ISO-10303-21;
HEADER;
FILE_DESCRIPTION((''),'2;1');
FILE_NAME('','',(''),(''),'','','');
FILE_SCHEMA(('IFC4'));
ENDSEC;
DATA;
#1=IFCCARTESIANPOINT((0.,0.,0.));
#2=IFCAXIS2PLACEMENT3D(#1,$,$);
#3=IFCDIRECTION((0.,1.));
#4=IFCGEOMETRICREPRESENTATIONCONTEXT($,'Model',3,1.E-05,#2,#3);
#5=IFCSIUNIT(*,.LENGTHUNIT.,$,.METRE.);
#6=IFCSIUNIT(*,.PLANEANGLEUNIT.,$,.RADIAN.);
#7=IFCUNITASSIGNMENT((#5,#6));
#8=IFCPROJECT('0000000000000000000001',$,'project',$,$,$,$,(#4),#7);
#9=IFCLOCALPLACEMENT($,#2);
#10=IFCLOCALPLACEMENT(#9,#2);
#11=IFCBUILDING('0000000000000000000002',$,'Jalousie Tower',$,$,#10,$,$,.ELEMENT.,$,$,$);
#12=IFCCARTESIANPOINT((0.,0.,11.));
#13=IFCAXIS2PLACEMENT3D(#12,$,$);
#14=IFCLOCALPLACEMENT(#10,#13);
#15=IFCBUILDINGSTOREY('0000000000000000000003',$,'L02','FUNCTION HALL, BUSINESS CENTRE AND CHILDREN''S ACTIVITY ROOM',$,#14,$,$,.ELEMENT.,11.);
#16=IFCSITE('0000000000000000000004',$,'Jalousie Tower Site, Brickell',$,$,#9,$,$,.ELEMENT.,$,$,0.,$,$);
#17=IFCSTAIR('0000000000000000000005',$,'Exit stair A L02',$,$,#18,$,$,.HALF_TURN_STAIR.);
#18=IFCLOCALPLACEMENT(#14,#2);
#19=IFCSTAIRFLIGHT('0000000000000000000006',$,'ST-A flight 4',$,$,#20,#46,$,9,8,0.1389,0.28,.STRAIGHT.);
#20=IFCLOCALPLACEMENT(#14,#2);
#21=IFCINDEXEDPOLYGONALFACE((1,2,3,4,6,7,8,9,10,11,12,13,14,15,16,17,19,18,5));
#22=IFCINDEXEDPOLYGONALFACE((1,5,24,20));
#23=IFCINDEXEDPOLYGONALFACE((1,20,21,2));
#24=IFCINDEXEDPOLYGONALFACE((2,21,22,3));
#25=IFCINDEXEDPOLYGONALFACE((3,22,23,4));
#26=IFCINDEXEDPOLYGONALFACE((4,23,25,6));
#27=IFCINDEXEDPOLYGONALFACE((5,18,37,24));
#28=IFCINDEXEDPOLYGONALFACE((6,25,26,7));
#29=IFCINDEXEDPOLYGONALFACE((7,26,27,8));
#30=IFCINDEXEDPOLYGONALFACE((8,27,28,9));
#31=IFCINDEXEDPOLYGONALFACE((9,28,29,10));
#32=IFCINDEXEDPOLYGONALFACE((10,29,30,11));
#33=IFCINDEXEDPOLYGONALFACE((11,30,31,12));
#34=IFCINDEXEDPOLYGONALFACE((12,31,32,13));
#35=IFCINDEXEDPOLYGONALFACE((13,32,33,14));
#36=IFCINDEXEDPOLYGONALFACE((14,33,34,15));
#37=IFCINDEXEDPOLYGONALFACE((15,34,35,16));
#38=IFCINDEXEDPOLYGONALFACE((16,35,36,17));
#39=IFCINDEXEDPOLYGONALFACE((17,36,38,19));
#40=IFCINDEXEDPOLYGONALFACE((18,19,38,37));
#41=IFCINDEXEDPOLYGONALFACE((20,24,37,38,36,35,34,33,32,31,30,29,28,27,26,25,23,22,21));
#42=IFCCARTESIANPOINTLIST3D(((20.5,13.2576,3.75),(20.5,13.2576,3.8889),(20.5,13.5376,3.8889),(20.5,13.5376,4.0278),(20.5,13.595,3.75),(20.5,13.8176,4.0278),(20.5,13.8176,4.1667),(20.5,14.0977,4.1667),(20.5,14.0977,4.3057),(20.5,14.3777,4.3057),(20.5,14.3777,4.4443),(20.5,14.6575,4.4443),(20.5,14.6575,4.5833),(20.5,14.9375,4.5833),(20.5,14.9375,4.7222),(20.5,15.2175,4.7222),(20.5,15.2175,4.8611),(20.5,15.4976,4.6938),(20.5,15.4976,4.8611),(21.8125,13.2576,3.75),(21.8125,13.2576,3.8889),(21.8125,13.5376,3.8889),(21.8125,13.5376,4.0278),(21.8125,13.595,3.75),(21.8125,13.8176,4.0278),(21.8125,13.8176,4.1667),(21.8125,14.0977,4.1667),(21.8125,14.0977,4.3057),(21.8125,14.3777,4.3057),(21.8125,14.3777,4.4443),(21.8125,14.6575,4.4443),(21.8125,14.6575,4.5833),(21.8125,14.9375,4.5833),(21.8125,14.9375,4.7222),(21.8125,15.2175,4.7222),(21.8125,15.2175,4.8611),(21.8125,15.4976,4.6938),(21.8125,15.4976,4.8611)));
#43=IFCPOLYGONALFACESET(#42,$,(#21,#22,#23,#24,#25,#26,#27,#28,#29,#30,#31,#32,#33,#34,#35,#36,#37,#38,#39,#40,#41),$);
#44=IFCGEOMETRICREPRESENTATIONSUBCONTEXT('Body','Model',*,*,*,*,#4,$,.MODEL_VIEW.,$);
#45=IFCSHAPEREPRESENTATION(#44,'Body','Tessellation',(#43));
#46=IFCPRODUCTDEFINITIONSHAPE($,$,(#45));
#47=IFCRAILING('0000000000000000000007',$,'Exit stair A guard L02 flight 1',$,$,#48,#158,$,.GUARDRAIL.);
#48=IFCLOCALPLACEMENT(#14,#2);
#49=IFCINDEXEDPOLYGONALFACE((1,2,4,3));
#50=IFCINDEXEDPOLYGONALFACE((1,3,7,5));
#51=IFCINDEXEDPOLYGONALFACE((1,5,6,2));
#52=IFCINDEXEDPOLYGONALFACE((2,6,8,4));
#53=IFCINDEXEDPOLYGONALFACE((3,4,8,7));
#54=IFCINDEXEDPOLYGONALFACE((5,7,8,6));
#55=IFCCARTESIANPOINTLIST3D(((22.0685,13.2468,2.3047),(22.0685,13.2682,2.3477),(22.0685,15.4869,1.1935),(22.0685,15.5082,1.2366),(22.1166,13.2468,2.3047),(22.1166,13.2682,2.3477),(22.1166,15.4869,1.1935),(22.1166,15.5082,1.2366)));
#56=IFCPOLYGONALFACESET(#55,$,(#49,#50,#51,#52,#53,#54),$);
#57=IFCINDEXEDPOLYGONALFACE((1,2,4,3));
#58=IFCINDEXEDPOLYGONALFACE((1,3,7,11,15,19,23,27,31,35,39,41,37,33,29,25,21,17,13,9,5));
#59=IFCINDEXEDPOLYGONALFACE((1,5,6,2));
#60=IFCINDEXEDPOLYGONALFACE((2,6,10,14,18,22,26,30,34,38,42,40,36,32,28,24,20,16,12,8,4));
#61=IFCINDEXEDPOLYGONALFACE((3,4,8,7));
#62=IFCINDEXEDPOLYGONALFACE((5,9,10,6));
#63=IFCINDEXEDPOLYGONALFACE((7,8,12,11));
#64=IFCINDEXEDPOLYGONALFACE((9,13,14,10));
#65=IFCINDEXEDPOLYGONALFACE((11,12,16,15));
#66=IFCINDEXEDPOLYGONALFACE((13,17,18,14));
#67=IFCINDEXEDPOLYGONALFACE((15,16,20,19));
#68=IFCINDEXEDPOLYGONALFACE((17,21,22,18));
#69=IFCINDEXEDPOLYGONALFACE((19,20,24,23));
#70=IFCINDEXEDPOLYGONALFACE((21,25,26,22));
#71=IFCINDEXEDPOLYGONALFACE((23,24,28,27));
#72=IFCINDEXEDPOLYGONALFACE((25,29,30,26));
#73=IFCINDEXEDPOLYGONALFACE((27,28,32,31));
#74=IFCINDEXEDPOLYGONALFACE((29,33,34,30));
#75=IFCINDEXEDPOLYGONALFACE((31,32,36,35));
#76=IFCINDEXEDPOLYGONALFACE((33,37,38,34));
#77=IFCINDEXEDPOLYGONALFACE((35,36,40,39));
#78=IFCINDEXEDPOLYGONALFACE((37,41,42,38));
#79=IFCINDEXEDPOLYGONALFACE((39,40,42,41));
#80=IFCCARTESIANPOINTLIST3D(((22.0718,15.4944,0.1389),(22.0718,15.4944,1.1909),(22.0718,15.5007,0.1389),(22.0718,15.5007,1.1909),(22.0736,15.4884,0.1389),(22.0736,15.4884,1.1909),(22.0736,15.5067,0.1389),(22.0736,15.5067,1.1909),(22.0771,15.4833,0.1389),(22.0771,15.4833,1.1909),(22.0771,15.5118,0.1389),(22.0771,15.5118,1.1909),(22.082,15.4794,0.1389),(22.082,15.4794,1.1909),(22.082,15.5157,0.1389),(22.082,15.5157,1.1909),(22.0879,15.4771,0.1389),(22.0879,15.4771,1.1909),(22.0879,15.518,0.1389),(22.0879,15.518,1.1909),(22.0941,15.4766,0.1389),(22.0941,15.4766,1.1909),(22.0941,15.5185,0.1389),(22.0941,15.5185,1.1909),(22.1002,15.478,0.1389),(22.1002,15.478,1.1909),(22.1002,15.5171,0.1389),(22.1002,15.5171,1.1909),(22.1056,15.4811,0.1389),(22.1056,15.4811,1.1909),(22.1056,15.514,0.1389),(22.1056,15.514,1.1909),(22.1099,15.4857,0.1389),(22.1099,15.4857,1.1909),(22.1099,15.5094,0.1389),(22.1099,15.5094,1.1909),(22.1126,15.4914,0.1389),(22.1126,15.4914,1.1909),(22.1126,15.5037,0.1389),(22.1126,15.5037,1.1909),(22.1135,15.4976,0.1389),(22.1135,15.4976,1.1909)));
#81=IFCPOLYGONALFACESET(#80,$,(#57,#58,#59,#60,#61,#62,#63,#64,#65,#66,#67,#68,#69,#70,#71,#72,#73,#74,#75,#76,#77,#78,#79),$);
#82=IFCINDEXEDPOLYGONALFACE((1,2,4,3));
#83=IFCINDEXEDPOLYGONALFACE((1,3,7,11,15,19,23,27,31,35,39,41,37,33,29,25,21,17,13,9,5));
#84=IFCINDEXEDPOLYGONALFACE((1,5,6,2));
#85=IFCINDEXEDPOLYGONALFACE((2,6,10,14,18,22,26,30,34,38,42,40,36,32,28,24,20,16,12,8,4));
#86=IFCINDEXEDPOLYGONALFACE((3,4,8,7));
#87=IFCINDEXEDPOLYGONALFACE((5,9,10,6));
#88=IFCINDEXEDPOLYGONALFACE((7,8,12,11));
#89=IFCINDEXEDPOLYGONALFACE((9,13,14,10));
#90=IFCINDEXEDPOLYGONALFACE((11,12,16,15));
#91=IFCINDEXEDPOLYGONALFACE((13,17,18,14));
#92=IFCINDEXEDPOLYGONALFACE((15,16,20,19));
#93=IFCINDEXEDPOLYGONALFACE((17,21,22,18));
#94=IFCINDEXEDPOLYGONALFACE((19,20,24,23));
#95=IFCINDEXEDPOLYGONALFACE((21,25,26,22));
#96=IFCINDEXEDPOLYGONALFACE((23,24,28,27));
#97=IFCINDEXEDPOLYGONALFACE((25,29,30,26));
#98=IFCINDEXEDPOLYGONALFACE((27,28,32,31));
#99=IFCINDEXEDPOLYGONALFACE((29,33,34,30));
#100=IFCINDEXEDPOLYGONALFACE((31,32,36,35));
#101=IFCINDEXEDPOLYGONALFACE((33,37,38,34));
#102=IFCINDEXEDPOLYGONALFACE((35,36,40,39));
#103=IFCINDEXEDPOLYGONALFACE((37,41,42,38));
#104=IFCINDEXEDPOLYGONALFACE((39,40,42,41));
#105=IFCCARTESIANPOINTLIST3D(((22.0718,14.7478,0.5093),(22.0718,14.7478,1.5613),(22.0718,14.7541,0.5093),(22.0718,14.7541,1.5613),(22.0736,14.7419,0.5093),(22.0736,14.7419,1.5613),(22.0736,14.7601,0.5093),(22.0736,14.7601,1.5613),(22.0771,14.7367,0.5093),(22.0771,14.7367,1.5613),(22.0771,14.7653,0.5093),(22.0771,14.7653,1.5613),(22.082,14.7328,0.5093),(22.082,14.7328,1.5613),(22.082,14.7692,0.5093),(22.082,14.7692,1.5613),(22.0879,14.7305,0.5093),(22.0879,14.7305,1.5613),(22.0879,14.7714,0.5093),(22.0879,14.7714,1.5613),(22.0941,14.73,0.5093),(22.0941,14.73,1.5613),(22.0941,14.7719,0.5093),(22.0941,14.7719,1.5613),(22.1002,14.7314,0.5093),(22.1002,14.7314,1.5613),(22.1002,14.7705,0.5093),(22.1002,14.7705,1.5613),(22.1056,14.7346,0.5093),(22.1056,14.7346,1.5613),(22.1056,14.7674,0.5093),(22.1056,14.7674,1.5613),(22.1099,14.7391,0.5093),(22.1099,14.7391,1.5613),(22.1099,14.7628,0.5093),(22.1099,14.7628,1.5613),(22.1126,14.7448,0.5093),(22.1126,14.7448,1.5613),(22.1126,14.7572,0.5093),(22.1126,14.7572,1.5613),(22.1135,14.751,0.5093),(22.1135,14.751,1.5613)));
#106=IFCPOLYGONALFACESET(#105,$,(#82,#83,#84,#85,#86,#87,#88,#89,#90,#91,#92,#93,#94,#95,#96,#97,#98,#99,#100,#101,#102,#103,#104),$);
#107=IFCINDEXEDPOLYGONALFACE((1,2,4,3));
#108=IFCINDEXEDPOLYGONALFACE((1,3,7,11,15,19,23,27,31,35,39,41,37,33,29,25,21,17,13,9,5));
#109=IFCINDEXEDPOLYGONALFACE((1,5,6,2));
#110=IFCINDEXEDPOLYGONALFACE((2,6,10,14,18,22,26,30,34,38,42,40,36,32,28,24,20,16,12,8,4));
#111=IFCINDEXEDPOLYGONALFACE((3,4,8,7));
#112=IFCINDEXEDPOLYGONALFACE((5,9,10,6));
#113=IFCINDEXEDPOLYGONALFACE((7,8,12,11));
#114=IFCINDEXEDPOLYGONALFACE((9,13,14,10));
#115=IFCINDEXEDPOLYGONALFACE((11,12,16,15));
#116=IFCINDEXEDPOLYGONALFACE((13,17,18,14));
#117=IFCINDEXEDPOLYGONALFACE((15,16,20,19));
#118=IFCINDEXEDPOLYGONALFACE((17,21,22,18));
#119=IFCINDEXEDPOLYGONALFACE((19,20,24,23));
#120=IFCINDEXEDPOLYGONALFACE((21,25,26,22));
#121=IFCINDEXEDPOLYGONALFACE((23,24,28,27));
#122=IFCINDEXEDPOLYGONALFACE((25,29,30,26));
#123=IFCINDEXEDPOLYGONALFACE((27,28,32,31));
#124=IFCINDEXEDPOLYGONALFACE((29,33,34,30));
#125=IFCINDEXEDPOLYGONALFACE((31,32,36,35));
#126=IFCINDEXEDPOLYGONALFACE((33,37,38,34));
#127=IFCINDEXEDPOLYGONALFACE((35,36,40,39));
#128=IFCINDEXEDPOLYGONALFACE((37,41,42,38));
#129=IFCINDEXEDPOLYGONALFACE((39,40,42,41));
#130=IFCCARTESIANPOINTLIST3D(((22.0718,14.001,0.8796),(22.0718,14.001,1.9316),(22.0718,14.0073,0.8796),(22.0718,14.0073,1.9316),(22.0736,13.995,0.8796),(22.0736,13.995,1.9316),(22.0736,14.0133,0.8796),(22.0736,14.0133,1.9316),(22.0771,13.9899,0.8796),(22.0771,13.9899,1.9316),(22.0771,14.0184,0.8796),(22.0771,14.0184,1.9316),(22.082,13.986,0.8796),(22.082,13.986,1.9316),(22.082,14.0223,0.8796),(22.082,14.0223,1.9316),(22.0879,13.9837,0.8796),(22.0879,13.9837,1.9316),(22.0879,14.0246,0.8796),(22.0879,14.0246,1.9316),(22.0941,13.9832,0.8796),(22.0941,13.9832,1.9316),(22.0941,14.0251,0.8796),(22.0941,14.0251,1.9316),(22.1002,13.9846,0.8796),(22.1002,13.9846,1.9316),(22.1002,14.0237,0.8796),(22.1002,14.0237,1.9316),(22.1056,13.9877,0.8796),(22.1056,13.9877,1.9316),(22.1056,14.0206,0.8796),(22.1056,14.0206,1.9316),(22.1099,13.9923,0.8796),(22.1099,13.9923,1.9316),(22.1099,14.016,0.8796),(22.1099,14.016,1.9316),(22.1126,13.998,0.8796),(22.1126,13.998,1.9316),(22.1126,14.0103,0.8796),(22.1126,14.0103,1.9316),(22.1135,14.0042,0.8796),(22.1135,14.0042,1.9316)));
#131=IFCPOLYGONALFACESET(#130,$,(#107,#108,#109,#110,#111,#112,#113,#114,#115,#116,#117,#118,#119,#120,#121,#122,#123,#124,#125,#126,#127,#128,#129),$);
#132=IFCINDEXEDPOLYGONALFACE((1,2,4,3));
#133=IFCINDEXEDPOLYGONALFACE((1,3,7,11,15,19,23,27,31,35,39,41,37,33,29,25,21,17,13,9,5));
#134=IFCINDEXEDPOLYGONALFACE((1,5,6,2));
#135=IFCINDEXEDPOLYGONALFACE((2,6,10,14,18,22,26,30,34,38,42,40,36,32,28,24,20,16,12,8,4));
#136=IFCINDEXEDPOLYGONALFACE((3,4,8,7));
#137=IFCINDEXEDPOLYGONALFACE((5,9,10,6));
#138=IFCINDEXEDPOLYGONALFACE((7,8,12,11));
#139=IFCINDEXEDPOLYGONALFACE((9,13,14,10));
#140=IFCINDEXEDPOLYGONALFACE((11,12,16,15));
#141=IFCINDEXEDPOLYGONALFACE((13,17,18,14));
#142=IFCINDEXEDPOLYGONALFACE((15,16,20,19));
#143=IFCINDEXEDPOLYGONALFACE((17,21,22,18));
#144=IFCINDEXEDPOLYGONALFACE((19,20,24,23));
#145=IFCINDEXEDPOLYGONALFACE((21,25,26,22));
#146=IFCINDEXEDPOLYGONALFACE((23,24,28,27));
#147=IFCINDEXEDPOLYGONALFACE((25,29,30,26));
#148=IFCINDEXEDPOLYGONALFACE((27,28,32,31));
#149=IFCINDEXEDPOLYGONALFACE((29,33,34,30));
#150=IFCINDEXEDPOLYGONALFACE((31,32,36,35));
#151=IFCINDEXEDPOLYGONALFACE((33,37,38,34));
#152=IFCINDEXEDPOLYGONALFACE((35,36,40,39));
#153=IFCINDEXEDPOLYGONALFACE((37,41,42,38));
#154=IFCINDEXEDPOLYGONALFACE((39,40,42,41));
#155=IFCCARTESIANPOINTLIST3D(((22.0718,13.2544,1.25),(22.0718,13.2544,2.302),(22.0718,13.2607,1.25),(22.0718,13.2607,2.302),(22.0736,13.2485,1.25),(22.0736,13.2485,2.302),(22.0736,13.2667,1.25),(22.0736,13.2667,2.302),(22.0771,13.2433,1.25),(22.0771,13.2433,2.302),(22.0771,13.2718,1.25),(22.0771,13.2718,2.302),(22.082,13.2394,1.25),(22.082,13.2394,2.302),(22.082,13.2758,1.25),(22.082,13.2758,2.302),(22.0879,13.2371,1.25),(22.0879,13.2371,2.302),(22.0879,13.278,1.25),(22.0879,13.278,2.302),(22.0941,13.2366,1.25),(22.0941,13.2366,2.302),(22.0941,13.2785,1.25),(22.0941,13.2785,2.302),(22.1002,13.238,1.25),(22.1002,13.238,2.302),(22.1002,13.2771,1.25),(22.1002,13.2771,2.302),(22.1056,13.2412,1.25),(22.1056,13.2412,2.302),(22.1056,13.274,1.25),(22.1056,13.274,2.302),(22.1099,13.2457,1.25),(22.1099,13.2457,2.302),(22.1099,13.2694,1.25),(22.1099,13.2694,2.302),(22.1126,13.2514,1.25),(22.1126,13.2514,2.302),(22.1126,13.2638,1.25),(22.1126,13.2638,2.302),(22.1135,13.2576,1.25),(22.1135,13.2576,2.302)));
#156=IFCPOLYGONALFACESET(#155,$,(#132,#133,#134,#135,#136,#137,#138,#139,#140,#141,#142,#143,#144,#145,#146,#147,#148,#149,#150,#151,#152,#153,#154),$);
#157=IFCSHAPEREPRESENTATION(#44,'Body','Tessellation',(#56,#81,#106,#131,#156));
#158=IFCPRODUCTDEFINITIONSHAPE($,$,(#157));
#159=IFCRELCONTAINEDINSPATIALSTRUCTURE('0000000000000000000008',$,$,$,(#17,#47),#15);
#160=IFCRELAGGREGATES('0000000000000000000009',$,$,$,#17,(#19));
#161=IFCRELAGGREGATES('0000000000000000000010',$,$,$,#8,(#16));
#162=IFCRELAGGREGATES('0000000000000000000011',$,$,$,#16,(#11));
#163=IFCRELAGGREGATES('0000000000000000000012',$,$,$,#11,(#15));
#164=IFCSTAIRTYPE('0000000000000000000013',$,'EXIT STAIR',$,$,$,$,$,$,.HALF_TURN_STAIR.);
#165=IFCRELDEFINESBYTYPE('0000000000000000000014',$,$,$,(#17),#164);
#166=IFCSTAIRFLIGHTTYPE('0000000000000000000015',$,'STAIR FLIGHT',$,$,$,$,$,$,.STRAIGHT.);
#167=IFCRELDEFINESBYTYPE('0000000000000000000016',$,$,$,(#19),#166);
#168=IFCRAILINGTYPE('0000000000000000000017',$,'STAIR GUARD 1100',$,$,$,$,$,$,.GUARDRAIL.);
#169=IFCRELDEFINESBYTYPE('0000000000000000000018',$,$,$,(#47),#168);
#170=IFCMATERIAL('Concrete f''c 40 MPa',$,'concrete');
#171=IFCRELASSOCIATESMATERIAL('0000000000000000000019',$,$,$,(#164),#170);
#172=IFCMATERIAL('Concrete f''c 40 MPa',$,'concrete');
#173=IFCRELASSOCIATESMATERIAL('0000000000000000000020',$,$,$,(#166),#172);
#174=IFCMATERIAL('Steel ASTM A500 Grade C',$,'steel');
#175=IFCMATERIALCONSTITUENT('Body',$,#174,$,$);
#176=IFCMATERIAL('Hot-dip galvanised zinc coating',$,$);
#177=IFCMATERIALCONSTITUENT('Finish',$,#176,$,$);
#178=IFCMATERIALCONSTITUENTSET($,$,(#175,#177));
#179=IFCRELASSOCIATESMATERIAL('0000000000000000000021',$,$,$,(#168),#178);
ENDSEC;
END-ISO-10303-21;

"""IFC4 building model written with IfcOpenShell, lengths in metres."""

from ifc_helpers import new_model, si_unit, direction, frame, origin, origin_2d, place, context, subcontext, project, spatial, polyline, rectangle, circle, outline, extrude, material, constituent, constituent_set, type_object, element, aggregate, save


model = new_model("IFC4")

# Units and contexts
model_context = context("Model", 3, precision=1e-05, world=origin(), true_north=direction((0.0, 1.0)))
body_context = subcontext(model_context, "Body", "Model", "MODEL_VIEW")
ifc_project = project(units=[si_unit("LENGTHUNIT", "METRE"), si_unit("PLANEANGLEUNIT", "RADIAN")], contexts=[model_context])

# Site, building, storey
site_placement = place(None, origin())
site = spatial("IfcSite", under=ifc_project, at=site_placement, Name="Jalousie Tower Site, Brickell", CompositionType="ELEMENT", RefElevation=0.0)
building_placement = place(site_placement, origin())
building = spatial("IfcBuilding", under=site, at=building_placement, Name="Jalousie Tower", CompositionType="ELEMENT")
storey_placement = place(building_placement, frame((0.0, 0.0, 11.0)))
storey = spatial("IfcBuildingStorey", under=building, at=storey_placement, Name="L02", Description="FUNCTION HALL, BUSINESS CENTRE AND CHILDREN'S ACTIVITY ROOM", CompositionType="ELEMENT", Elevation=11.0)

# Stair, stair flight
ifc_material_1 = material(Name="Concrete f'c 40 MPa", Category="concrete")
stair_type = type_object("IfcStairType", Name="EXIT STAIR", PredefinedType="HALF_TURN_STAIR", material=ifc_material_1)
stair_placement = place(storey_placement, origin())
stair = element("IfcStair", 1, at=stair_placement, inside=storey, type_object=stair_type, Name="Exit stair A L02", PredefinedType="HALF_TURN_STAIR")
ifc_material_2 = material(Name="Concrete f'c 40 MPa", Category="concrete")
stair_flight_type = type_object("IfcStairFlightType", Name="STAIR FLIGHT", PredefinedType="STRAIGHT", material=ifc_material_2)
stair_flight_1_placement = place(storey_placement, frame((21.1562, 13.2576, 3.75), z_axis=(0.0, 0.0, 1.0), x_axis=(0.0, 1.0, 0.0)))
stair_flight_1 = element("IfcStairFlight", 2, at=stair_flight_1_placement, type_object=stair_flight_type, Name="ST-A flight 4", NumberOfRisers=9, NumberOfTreads=8, PredefinedType="STRAIGHT", RiserHeight=0.1389, TreadLength=0.28, context=body_context, shape_type="SweptSolid", body=[
    extrude(outline(polyline([(0.0, 0.0), (0.0, 0.1389), (0.28, 0.1389), (0.28, 0.2778), (0.5601, 0.2778), (0.5601, 0.4167), (0.8401, 0.4167), (0.8401, 0.5557), (1.1201, 0.5557), (1.1201, 0.6943), (1.3999, 0.6943), (1.3999, 0.8333), (1.6799, 0.8333), (1.6799, 0.9722), (1.96, 0.9722), (1.96, 1.1111), (2.24, 1.1111), (2.24, 1.25), (2.24, 0.9438), (0.3374, 0.0), (0.0, 0.0)])), frame((0.0, 0.6562, 0.0), z_axis=(0.0, -1.0, 0.0), x_axis=(1.0, 0.0, 0.0)), (0.0, 0.0, 1.0), 1.3125),
])
aggregate(stair, [stair_flight_1])

# Railing
ifc_material_3 = material(Name="Steel ASTM A500 Grade C", Category="steel")
ifc_constituent_1 = constituent(ifc_material_3, Name="Body")
ifc_material_4 = material(Name="Hot-dip galvanised zinc coating")
ifc_constituent_2 = constituent(ifc_material_4, Name="Finish")
ifc_constituent_set_1 = constituent_set(constituents=[ifc_constituent_1, ifc_constituent_2])
railing_type_1 = type_object("IfcRailingType", Name="STAIR GUARD 1100", PredefinedType="GUARDRAIL", material=ifc_constituent_set_1)
railing_1_placement = place(storey_placement, frame((22.0925, 15.4976, 0.1389)))
element("IfcRailing", 3, at=railing_1_placement, inside=storey, type_object=railing_type_1, Name="Exit stair A guard L02 flight 1", PredefinedType="GUARDRAIL", context=body_context, shape_type="SweptSolid", body=[
    extrude(rectangle(XDim=0.0481, YDim=0.0481, at=origin_2d()), frame((0.0, 0.0, 1.0762), z_axis=(0.0, -0.895848, 0.44436), x_axis=(1.0, 0.0, 0.0)), (0.0, 0.0, 1.0), 2.5005),
    extrude(circle(Radius=0.021, at=origin_2d()), origin(), (0.0, 0.0, 1.0), 1.052),
    extrude(circle(Radius=0.021, at=origin_2d()), frame((0.0, -0.7466, 0.3704)), (0.0, 0.0, 1.0), 1.052),
    extrude(circle(Radius=0.021, at=origin_2d()), frame((0.0, -1.4934, 0.7407)), (0.0, 0.0, 1.0), 1.052),
    extrude(circle(Radius=0.021, at=origin_2d()), frame((0.0, -2.24, 1.1111)), (0.0, 0.0, 1.0), 1.052),
])

save(model, "model.ifc")
